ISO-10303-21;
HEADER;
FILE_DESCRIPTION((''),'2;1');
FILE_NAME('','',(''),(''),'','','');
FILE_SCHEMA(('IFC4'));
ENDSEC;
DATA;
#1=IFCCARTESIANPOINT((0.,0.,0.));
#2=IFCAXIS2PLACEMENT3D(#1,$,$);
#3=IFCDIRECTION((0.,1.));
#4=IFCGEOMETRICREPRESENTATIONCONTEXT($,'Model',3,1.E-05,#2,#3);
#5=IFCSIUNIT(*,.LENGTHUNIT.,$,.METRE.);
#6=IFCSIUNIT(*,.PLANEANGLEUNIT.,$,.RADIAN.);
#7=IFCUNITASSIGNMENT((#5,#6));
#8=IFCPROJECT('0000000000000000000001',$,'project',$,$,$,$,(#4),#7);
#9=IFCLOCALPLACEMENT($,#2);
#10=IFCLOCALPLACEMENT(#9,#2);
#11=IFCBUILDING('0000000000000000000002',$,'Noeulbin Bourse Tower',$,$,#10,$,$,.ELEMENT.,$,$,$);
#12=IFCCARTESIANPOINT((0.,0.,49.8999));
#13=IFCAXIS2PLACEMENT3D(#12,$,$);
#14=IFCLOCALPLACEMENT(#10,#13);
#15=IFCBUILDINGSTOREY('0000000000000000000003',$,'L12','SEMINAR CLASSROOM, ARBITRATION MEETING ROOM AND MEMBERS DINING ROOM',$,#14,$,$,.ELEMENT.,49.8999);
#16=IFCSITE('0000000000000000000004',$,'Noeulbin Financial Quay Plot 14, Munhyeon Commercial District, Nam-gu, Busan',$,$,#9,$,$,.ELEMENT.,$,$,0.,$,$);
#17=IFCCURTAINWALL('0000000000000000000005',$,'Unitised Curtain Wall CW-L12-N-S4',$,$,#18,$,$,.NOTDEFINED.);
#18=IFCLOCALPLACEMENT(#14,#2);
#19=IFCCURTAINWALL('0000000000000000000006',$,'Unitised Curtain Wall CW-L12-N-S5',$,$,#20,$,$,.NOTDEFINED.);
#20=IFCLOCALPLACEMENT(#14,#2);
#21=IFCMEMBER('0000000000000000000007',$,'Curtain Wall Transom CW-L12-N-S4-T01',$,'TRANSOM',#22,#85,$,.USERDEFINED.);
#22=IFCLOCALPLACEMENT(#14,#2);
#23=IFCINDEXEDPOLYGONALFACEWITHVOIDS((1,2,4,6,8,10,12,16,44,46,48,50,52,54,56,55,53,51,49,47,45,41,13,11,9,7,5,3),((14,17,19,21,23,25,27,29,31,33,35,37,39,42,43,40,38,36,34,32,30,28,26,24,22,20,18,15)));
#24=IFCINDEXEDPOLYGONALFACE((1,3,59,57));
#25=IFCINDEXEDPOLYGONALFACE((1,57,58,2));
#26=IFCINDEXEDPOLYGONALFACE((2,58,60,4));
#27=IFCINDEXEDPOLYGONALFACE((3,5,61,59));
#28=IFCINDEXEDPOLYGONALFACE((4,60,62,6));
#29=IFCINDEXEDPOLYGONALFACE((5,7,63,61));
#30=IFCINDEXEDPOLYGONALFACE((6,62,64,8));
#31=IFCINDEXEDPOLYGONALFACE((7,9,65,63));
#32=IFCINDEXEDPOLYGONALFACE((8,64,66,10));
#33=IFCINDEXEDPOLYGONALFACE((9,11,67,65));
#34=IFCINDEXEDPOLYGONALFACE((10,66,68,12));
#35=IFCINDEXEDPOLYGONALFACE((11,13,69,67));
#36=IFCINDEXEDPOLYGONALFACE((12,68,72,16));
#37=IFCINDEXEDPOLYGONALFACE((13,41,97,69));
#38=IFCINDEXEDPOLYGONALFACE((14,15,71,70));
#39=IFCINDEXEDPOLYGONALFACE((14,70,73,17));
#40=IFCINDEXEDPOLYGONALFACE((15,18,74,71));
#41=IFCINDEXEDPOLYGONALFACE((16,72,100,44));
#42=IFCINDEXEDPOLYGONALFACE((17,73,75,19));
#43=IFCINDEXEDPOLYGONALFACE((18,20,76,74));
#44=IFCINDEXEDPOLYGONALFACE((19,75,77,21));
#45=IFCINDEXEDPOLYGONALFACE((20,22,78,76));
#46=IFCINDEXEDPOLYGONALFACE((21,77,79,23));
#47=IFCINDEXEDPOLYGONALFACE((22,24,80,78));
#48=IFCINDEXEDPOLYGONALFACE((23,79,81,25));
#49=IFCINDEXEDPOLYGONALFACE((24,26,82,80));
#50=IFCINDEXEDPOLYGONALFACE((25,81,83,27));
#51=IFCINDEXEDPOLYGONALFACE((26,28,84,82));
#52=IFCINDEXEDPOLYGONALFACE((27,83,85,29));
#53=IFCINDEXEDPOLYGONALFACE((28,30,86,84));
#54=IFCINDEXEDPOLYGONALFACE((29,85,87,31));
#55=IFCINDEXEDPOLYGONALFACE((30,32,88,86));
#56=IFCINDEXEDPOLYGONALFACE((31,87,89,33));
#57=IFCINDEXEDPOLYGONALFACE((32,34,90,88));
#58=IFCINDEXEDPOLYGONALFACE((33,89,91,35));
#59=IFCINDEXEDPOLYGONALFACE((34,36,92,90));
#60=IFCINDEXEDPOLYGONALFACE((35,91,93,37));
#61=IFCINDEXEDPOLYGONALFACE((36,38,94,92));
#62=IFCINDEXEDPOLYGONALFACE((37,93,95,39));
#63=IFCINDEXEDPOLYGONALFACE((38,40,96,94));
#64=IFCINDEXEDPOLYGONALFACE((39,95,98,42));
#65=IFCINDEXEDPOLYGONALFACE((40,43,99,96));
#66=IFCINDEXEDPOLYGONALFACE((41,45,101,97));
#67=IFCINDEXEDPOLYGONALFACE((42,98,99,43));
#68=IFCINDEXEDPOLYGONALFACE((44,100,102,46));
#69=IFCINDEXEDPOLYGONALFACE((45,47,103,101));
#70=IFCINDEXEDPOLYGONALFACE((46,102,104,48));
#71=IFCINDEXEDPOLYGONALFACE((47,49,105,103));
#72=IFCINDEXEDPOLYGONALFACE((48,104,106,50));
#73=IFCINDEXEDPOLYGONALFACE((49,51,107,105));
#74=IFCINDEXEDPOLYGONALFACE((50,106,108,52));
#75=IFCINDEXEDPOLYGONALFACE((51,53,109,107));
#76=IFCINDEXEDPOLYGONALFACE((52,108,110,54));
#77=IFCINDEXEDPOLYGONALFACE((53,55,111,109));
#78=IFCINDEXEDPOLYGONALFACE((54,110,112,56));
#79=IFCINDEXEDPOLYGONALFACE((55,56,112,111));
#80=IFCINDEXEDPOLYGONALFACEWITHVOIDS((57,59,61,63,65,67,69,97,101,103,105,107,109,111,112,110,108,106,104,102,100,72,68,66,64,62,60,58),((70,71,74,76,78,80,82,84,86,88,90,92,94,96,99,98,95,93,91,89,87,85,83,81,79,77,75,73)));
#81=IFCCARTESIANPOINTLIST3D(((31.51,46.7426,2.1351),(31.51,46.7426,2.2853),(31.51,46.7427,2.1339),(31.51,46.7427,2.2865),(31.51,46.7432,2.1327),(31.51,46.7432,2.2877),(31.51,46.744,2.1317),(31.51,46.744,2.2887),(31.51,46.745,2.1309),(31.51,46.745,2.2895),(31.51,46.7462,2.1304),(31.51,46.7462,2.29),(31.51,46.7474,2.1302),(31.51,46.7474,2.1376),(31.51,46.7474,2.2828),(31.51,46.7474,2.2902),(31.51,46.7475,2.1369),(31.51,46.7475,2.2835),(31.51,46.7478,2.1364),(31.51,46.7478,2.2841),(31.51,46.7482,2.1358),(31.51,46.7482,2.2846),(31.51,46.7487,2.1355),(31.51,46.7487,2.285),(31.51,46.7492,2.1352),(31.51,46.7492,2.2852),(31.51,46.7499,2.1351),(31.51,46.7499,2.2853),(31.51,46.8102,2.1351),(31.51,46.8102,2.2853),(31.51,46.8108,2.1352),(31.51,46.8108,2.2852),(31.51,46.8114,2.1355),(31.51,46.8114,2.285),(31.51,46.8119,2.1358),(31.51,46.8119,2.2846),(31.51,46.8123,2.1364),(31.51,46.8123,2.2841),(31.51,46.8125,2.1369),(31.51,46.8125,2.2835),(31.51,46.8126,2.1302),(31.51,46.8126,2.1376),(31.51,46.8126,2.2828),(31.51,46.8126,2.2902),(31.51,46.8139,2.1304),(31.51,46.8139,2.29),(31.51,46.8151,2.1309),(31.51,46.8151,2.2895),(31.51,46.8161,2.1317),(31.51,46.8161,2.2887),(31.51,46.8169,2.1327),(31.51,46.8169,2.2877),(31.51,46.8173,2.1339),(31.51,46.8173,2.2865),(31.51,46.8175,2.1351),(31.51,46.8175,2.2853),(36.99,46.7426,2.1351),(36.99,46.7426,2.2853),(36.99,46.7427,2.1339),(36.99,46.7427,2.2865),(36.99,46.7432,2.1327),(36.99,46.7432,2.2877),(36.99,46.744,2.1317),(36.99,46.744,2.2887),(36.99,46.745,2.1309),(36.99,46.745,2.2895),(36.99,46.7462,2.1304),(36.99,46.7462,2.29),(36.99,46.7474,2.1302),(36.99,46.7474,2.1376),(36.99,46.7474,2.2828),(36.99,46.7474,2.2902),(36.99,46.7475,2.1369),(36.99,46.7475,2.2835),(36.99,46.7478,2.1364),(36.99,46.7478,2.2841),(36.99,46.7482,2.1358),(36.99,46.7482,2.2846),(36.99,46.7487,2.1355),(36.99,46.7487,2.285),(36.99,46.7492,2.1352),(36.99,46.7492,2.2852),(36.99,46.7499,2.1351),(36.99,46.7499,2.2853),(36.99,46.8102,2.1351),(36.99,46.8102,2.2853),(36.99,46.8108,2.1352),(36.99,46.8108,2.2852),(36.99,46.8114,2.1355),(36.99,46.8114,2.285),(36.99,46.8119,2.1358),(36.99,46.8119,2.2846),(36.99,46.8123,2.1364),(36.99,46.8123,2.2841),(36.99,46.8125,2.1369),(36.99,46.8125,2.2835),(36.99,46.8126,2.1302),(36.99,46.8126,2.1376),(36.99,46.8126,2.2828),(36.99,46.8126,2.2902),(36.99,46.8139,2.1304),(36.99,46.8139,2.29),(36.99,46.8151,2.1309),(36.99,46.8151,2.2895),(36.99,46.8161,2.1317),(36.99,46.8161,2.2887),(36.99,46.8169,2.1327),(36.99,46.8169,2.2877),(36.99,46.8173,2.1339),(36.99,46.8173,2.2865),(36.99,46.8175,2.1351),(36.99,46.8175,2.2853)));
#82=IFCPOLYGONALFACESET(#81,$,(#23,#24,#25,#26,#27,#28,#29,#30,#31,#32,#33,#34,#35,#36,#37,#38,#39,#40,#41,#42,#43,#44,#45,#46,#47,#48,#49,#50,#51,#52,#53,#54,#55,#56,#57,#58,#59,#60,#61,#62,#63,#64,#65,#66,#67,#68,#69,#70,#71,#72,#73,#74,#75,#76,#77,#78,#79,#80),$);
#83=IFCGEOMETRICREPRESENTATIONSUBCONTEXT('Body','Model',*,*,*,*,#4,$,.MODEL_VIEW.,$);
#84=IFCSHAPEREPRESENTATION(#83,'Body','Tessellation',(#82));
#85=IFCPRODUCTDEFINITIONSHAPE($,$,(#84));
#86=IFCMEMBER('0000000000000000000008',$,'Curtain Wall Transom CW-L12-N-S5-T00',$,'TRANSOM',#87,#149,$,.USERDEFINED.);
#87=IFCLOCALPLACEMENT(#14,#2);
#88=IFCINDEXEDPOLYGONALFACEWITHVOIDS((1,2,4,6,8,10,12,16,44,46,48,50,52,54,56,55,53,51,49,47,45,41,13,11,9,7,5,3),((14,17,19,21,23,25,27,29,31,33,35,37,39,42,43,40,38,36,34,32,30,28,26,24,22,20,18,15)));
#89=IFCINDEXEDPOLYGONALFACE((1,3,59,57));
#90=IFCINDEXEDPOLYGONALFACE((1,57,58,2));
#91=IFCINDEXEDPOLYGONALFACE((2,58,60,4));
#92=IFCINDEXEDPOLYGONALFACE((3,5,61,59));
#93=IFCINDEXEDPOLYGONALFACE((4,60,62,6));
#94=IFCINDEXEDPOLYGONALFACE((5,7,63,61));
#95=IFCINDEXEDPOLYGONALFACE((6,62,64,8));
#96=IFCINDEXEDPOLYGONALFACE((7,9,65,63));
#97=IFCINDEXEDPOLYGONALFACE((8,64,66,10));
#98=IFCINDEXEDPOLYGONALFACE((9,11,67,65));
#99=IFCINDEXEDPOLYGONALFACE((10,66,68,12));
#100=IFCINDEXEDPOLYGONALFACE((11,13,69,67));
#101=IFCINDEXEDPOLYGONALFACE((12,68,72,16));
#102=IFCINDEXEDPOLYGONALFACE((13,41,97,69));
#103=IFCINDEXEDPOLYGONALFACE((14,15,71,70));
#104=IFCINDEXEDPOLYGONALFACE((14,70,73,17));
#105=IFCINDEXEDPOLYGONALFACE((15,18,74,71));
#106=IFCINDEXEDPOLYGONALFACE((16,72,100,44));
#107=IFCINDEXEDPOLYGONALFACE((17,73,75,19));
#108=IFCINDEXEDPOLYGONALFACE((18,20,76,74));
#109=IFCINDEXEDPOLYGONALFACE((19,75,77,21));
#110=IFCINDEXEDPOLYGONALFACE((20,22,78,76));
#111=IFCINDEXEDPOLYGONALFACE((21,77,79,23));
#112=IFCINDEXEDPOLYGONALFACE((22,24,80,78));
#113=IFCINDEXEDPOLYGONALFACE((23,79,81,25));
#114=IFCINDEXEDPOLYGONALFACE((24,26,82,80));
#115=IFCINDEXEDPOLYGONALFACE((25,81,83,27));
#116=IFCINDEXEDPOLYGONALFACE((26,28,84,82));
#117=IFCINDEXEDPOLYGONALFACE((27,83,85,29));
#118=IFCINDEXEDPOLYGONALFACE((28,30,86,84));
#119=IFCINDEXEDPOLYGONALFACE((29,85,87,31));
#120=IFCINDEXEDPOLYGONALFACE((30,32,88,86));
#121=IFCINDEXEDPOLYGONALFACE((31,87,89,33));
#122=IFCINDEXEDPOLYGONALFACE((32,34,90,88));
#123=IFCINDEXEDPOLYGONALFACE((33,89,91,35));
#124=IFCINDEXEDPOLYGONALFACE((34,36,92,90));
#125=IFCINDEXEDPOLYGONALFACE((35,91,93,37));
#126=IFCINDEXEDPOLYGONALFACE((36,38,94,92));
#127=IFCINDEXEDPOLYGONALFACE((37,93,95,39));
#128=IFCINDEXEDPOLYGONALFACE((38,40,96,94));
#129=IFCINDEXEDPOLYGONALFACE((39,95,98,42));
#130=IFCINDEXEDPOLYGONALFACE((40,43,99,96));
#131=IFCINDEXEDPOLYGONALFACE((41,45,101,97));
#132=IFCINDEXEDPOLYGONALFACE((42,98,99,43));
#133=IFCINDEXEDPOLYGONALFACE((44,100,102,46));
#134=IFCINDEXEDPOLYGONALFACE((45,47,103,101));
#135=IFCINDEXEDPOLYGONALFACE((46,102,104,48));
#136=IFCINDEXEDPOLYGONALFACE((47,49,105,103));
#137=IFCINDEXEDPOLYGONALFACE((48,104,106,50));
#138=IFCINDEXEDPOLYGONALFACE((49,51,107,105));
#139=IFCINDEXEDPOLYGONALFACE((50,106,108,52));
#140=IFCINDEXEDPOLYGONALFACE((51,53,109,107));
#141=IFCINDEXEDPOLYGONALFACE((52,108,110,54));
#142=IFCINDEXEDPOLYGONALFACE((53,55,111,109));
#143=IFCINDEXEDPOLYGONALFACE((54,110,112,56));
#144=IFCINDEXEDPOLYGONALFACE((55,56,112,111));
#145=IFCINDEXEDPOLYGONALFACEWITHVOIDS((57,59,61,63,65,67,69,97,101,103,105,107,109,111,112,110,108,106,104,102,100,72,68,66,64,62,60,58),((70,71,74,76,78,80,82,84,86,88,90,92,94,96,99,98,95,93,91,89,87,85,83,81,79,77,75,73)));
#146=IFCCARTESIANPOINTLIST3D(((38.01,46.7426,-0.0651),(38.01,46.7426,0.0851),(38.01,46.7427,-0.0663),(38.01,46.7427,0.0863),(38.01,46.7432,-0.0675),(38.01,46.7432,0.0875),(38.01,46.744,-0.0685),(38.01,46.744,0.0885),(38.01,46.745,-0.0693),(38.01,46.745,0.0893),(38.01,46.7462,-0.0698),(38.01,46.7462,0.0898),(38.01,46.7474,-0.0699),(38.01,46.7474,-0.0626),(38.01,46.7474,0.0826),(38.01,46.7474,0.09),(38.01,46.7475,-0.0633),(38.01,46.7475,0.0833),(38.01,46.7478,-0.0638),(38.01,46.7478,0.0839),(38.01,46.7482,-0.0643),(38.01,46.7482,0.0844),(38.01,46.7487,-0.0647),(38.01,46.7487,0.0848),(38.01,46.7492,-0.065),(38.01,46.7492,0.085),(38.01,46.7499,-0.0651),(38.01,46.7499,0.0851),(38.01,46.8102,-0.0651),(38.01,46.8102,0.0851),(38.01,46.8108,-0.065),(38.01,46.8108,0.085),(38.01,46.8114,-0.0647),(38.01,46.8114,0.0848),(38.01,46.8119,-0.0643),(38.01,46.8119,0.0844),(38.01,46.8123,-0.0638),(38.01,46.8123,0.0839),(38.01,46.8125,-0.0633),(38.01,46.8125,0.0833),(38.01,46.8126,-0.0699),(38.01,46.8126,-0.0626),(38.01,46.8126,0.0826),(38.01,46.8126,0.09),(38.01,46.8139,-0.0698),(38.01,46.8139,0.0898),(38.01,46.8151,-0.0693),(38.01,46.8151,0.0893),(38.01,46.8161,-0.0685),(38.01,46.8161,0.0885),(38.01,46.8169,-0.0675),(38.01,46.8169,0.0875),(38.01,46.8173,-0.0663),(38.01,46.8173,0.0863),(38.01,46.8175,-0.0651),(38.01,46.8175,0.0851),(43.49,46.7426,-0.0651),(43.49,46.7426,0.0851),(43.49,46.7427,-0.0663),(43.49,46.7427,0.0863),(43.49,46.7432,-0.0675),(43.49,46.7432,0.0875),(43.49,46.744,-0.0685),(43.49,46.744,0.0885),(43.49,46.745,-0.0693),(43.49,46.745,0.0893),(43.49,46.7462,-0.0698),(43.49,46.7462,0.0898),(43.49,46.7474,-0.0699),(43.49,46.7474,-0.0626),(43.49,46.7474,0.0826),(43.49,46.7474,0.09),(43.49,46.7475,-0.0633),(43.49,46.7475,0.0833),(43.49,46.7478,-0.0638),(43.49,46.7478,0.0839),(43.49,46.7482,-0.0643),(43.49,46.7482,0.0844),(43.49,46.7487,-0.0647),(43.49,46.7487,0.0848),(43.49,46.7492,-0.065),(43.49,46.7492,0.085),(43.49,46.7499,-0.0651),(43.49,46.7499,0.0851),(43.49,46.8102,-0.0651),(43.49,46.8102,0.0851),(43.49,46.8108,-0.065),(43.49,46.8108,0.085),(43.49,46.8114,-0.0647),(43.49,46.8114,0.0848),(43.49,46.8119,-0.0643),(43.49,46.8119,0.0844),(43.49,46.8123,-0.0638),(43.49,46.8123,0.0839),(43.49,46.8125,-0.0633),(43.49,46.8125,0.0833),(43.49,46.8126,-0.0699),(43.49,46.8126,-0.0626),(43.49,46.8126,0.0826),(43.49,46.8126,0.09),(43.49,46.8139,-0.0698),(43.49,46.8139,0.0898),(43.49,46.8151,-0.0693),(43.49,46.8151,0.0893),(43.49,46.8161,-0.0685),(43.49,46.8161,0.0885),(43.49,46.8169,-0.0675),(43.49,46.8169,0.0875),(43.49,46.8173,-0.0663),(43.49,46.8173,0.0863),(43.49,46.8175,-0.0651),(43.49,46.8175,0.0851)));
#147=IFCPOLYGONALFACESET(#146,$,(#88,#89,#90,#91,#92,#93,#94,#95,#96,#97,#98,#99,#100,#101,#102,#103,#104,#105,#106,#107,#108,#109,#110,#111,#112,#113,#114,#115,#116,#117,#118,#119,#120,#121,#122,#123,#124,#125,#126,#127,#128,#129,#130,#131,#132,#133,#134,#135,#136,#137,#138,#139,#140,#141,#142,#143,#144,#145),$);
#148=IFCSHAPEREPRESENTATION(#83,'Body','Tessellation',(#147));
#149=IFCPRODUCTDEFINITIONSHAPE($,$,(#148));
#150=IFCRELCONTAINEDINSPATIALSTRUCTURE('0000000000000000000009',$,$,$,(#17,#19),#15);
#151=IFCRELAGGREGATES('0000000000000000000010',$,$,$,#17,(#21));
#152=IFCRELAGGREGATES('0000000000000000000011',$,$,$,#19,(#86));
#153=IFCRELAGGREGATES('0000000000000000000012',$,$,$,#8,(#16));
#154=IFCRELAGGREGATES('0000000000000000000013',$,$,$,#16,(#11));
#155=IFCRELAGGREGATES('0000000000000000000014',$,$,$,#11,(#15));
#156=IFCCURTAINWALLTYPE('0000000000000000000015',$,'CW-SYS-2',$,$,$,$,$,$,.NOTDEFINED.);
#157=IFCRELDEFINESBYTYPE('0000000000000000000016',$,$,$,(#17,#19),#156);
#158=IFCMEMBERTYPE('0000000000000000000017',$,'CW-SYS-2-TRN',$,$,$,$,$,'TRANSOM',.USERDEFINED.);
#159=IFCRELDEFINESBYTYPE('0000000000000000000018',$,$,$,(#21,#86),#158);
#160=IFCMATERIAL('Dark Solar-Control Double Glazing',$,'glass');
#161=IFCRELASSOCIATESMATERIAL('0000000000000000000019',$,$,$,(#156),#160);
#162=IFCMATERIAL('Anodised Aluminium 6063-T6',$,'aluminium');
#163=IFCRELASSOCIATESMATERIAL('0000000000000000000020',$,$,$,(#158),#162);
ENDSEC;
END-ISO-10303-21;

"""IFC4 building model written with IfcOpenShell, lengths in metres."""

from ifc_helpers import new_model, si_unit, direction, frame, origin, origin_2d, place, context, subcontext, project, spatial, hollow_rectangle, extrude, material, material_profile, profile_set, type_object, element, aggregate, save


model = new_model("IFC4")

# Units and contexts
model_context = context("Model", 3, precision=1e-05, world=origin(), true_north=direction((0.0, 1.0)))
body_context = subcontext(model_context, "Body", "Model", "MODEL_VIEW")
ifc_project = project(units=[si_unit("LENGTHUNIT", "METRE"), si_unit("PLANEANGLEUNIT", "RADIAN")], contexts=[model_context])

# Site, building, storey
site_placement = place(None, origin())
site = spatial("IfcSite", under=ifc_project, at=site_placement, Name="Noeulbin Financial Quay Plot 14, Munhyeon Commercial District, Nam-gu, Busan", CompositionType="ELEMENT", RefElevation=0.0)
building_placement = place(site_placement, origin())
building = spatial("IfcBuilding", under=site, at=building_placement, Name="Noeulbin Bourse Tower", CompositionType="ELEMENT")
storey_placement = place(building_placement, frame((0.0, 0.0, 49.8999)))
storey = spatial("IfcBuildingStorey", under=building, at=storey_placement, Name="L12", Description="SEMINAR CLASSROOM, ARBITRATION MEETING ROOM AND MEMBERS DINING ROOM", CompositionType="ELEMENT", Elevation=49.8999)

# Shared definitions
ifc_material_1 = material(Name="Dark Solar-Control Double Glazing", Category="glass")
curtain_wall_type = type_object("IfcCurtainWallType", Name="CW-SYS-2", PredefinedType="NOTDEFINED", material=ifc_material_1)
ifc_material_2 = material(Name="Anodised Aluminium 6063-T6", Category="aluminium")

# Curtain wall
curtain_wall_1_placement = place(storey_placement, origin())
curtain_wall_1 = element("IfcCurtainWall", 1, at=curtain_wall_1_placement, inside=storey, type_object=curtain_wall_type, Name="Unitised Curtain Wall CW-L12-N-S4", PredefinedType="NOTDEFINED")

# Curtain wall
curtain_wall_2_placement = place(storey_placement, origin())
curtain_wall_2 = element("IfcCurtainWall", 2, at=curtain_wall_2_placement, inside=storey, type_object=curtain_wall_type, Name="Unitised Curtain Wall CW-L12-N-S5", PredefinedType="NOTDEFINED")

# Members
ifc_material_profile_1 = material_profile(ifc_material_2, hollow_rectangle(XDim=0.075, YDim=0.1599, WallThickness=0.0049, InnerFilletRadius=0.0024, OuterFilletRadius=0.0049, at=origin_2d()), Name="ALU-TRAN-75x160x5", Category="LoadBearing")
ifc_profile_set_1 = profile_set([ifc_material_profile_1], Name="Anodised Aluminium 6063-T6")
member_type_1 = type_object("IfcMemberType", Name="CW-SYS-2-TRN", ElementType="TRANSOM", PredefinedType="USERDEFINED", material=ifc_profile_set_1)
member_1_placement = place(storey_placement, frame((31.51, 46.78, 2.2102), z_axis=(1.0, 0.0, 0.0), x_axis=(0.0, 1.0, 0.0)))
member_1 = element("IfcMember", 3, at=member_1_placement, type_object=member_type_1, Name="Curtain Wall Transom CW-L12-N-S4-T01", ObjectType="TRANSOM", PredefinedType="USERDEFINED", context=body_context, shape_type="SweptSolid", body=[
    extrude(hollow_rectangle(XDim=0.075, YDim=0.1599, WallThickness=0.0049, InnerFilletRadius=0.0024, OuterFilletRadius=0.0049, at=origin_2d()), origin(), (0.0, 0.0, 1.0), 5.48),
])
member_2_placement = place(storey_placement, frame((38.01, 46.78, 0.01), z_axis=(1.0, 0.0, 0.0), x_axis=(0.0, 1.0, 0.0)))
member_2 = element("IfcMember", 4, at=member_2_placement, type_object=member_type_1, Name="Curtain Wall Transom CW-L12-N-S5-T00", ObjectType="TRANSOM", PredefinedType="USERDEFINED", context=body_context, shape_type="SweptSolid", body=[
    extrude(hollow_rectangle(XDim=0.075, YDim=0.1599, WallThickness=0.0049, InnerFilletRadius=0.0024, OuterFilletRadius=0.0049, at=origin_2d()), origin(), (0.0, 0.0, 1.0), 5.48),
])

aggregate(curtain_wall_1, [member_1])
aggregate(curtain_wall_2, [member_2])

save(model, "model.ifc")
